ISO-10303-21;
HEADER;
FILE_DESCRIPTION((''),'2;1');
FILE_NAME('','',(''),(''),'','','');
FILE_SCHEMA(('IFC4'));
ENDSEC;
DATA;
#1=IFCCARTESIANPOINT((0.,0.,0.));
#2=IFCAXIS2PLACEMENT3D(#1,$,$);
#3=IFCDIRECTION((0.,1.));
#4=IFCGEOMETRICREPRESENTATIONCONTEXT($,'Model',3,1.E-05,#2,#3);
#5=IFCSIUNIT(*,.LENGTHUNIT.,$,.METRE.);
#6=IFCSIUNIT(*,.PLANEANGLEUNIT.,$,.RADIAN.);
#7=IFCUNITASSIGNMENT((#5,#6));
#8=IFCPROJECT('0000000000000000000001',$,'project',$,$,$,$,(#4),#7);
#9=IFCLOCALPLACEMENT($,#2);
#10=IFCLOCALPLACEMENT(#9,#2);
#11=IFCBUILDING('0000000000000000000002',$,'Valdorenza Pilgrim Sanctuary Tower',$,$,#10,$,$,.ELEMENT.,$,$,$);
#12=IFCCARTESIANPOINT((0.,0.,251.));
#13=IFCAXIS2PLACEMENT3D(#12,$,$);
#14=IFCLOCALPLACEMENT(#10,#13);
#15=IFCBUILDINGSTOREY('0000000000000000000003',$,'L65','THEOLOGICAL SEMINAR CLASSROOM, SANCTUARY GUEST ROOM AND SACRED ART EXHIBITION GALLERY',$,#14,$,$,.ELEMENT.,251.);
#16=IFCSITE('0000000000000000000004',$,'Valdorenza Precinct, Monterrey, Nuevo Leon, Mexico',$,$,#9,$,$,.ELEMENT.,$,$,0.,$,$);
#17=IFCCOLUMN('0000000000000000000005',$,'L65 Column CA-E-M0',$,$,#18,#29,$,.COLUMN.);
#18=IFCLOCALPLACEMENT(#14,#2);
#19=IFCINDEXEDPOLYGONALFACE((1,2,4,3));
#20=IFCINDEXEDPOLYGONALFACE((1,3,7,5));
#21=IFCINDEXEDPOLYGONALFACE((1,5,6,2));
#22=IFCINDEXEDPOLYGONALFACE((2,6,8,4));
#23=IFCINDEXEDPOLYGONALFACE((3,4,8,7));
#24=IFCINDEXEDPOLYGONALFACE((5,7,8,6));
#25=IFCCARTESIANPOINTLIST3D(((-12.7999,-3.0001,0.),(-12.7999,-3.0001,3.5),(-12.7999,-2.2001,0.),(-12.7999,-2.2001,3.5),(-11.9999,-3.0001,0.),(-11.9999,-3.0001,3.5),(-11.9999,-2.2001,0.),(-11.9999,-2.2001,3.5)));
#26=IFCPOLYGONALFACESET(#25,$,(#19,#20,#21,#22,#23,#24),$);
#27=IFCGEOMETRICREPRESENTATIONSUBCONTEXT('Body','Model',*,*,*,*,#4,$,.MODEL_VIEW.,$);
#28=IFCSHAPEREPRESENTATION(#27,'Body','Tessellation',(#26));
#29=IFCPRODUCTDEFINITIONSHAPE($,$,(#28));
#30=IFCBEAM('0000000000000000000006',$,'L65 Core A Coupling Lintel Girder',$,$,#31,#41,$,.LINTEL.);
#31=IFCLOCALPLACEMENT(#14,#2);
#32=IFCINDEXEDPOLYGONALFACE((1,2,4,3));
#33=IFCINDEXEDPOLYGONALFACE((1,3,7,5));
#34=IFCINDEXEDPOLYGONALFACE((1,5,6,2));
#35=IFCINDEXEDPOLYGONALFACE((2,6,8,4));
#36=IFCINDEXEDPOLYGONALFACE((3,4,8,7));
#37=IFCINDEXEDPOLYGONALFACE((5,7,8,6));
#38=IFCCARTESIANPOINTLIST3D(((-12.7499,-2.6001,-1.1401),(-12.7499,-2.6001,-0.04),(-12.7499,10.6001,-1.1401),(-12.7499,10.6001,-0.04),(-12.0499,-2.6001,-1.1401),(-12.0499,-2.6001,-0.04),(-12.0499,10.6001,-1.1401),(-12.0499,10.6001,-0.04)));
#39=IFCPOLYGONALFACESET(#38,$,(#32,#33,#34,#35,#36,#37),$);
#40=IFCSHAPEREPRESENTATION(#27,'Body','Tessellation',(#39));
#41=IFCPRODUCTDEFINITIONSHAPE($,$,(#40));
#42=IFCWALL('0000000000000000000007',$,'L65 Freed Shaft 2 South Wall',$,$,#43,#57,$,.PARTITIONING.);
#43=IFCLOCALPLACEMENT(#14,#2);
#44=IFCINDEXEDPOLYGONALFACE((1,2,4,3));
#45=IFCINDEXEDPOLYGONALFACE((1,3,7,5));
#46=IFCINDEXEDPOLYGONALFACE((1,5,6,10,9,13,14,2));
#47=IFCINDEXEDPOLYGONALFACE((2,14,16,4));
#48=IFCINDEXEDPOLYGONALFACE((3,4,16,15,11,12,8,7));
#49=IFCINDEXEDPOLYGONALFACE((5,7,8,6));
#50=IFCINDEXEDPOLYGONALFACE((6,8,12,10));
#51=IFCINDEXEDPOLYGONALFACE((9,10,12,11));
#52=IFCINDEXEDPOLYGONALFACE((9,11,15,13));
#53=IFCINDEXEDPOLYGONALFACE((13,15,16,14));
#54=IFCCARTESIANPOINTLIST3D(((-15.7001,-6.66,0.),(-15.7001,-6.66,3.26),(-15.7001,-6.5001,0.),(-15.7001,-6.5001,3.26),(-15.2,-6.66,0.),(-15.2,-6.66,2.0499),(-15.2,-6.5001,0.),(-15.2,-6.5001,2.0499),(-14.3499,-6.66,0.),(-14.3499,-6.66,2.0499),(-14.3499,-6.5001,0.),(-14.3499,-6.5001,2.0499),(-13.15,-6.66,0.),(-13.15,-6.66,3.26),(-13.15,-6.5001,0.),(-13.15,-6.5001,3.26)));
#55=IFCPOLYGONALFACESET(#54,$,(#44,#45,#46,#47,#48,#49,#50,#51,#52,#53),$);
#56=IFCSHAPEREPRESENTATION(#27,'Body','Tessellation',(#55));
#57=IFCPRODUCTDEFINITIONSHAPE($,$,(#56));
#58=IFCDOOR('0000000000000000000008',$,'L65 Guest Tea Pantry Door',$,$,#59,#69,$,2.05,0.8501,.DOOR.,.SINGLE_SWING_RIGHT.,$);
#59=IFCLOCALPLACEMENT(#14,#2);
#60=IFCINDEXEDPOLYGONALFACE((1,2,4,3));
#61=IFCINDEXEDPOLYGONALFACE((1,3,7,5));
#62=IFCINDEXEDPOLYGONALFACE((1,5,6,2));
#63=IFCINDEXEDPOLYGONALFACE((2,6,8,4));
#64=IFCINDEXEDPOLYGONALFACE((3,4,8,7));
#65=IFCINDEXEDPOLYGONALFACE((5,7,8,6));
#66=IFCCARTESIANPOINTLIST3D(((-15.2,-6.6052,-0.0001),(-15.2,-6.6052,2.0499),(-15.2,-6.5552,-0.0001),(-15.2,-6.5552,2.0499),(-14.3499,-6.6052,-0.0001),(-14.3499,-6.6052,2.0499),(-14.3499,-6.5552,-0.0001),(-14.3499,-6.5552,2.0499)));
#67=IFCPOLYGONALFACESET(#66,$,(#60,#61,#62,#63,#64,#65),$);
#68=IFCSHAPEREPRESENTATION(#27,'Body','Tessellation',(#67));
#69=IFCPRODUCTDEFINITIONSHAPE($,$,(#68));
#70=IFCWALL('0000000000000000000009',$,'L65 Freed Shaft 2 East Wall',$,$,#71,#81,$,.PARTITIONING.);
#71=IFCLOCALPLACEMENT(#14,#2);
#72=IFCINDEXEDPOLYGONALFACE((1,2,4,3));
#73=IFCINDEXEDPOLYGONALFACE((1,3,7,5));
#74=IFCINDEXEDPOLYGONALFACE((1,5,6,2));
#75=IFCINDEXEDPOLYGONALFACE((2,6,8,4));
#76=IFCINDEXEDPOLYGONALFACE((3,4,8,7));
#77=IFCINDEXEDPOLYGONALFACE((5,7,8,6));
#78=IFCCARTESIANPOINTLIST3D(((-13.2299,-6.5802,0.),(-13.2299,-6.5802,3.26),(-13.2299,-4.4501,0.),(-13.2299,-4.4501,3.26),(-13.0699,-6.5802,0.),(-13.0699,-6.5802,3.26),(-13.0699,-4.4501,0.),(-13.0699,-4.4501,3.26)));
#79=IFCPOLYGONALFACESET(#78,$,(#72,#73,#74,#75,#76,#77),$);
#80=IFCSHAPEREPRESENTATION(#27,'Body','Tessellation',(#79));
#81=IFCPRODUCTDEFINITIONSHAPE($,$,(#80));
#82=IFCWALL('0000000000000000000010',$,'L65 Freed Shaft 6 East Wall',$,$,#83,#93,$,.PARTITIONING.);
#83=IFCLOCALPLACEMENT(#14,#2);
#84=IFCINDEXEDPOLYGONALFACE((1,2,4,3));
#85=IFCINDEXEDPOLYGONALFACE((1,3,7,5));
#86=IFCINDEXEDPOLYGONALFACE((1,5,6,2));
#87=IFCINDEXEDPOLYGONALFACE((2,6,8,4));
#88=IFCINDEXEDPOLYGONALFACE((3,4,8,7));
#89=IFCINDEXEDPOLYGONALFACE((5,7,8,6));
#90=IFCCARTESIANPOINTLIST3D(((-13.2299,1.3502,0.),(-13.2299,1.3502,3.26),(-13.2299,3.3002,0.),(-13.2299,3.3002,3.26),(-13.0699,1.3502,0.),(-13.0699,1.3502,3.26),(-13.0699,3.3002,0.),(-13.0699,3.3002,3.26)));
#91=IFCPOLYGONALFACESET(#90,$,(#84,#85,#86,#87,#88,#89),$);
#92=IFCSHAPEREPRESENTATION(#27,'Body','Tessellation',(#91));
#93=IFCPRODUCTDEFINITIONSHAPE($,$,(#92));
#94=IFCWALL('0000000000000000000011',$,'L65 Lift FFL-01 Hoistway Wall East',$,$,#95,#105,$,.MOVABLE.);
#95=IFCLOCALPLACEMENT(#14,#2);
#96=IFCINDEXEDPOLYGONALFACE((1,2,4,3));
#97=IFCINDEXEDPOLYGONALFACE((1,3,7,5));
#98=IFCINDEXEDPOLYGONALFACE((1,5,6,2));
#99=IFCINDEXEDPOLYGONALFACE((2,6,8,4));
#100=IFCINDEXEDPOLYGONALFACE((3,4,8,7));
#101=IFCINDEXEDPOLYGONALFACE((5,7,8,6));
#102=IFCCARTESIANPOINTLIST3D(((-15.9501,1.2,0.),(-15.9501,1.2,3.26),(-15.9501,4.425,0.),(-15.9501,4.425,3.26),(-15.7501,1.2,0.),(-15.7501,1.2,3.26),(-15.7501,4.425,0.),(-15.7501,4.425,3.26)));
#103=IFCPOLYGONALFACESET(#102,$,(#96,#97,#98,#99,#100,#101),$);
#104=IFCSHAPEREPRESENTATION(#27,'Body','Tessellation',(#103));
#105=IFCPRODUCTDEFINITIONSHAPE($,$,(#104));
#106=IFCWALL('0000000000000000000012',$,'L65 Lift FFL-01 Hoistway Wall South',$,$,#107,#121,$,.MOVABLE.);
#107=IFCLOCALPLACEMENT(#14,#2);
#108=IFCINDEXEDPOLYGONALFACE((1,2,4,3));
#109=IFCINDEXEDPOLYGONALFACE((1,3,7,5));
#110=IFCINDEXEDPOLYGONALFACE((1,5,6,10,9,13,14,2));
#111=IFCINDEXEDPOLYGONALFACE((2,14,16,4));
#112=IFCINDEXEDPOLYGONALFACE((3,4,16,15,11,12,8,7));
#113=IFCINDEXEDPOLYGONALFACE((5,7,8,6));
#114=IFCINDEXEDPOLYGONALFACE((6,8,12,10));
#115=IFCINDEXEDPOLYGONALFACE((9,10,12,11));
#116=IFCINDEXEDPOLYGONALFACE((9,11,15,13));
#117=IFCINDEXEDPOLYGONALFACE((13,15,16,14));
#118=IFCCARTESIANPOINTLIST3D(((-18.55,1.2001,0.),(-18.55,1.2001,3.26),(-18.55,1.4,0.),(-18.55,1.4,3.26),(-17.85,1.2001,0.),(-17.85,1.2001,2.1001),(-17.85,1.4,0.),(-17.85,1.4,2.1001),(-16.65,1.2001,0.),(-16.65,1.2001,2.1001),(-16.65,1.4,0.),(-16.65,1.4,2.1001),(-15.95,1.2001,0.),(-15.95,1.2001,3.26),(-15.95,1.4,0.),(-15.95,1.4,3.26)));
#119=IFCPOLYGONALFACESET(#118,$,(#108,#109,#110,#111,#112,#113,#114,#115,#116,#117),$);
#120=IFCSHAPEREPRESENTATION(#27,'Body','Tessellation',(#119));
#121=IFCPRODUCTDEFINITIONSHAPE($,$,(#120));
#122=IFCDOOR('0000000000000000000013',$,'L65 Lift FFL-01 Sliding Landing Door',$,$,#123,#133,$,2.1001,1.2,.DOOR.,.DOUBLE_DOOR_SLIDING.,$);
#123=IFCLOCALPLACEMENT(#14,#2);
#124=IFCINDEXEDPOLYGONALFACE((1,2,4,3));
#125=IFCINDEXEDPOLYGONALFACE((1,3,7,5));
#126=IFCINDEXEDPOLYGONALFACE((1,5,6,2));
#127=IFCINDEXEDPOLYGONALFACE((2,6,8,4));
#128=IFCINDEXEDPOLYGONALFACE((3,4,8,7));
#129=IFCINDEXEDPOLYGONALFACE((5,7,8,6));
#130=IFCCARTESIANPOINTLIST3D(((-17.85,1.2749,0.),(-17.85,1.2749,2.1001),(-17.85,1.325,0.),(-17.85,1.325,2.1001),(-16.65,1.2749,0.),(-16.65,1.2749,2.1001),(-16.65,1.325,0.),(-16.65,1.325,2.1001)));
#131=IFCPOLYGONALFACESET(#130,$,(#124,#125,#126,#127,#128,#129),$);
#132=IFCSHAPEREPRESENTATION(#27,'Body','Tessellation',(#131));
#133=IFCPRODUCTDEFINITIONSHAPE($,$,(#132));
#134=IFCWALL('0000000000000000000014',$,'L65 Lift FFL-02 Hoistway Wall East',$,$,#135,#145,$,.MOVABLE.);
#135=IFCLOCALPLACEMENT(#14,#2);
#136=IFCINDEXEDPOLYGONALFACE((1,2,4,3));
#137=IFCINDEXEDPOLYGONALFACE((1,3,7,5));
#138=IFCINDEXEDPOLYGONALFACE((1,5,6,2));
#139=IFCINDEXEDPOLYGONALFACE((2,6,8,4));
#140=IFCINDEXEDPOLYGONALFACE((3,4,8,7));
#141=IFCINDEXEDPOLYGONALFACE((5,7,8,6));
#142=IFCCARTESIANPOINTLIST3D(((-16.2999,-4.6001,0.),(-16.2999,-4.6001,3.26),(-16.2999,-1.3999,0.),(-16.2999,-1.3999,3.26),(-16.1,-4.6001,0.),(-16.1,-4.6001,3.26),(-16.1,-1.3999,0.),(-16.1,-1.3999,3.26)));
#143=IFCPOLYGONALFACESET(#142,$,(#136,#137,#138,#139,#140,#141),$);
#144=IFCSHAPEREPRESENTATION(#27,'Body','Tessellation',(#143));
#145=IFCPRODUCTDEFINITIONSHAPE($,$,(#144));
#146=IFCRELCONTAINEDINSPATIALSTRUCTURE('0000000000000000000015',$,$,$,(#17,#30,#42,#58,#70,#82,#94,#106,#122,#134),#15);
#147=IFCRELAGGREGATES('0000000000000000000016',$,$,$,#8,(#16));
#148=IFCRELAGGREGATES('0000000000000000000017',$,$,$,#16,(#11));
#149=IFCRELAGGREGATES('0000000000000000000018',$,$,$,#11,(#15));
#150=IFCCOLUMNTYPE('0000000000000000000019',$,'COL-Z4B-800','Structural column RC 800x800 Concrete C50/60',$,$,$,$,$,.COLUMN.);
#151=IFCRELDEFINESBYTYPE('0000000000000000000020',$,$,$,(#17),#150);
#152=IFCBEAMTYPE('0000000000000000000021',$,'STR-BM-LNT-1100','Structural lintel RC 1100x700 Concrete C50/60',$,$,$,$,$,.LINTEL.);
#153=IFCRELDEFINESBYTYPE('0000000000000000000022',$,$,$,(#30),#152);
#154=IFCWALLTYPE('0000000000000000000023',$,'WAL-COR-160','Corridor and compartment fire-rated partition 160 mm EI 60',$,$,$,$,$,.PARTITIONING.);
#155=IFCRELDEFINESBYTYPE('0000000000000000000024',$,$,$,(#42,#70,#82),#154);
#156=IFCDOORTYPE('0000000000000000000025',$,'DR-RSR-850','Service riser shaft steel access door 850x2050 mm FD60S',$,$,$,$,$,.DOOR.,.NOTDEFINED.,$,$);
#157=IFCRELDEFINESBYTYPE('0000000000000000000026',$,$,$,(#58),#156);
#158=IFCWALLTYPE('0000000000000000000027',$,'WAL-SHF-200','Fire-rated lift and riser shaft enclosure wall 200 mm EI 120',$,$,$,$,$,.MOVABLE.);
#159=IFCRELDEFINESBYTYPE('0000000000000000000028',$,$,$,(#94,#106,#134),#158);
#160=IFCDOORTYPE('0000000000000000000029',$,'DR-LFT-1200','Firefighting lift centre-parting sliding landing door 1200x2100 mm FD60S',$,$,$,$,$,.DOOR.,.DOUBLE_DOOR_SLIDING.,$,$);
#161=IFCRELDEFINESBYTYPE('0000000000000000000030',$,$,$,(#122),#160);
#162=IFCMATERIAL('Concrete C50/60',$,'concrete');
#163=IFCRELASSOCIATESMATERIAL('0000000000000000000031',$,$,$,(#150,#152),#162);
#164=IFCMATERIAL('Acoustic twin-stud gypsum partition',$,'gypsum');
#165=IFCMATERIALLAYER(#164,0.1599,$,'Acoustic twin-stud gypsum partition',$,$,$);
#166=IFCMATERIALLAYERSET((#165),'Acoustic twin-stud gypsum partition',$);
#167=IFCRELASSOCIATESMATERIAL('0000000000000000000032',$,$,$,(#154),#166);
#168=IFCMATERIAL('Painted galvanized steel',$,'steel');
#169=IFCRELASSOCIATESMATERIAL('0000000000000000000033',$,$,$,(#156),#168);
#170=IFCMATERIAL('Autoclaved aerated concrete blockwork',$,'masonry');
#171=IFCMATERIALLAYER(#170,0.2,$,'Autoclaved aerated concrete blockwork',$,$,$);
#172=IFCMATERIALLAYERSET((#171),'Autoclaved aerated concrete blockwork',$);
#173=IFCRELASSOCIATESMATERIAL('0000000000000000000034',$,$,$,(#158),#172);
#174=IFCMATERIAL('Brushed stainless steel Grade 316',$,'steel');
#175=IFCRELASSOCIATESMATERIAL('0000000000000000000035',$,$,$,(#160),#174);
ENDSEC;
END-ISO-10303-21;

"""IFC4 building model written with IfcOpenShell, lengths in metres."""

from ifc_helpers import new_model, si_unit, direction, frame, frame_2d, origin, origin_2d, place, context, subcontext, project, spatial, rectangle, extrude, source, transform, mapped, material, layer, layer_set, material_profile, profile_set, type_object, element, fill, save


model = new_model("IFC4")

# Units and contexts
model_context = context("Model", 3, precision=1e-05, world=origin(), true_north=direction((0.0, 1.0)))
body_context = subcontext(model_context, "Body", "Model", "MODEL_VIEW")
ifc_project = project(units=[si_unit("LENGTHUNIT", "METRE"), si_unit("PLANEANGLEUNIT", "RADIAN")], contexts=[model_context])

# Site, building, storey
site_placement = place(None, origin())
site = spatial("IfcSite", under=ifc_project, at=site_placement, Name="Valdorenza Precinct, Monterrey, Nuevo Leon, Mexico", CompositionType="ELEMENT", RefElevation=0.0)
building_placement = place(site_placement, origin())
building = spatial("IfcBuilding", under=site, at=building_placement, Name="Valdorenza Pilgrim Sanctuary Tower", CompositionType="ELEMENT")
storey_placement = place(building_placement, frame((0.0, 0.0, 251.0)))
storey = spatial("IfcBuildingStorey", under=building, at=storey_placement, Name="L65", Description="THEOLOGICAL SEMINAR CLASSROOM, SANCTUARY GUEST ROOM AND SACRED ART EXHIBITION GALLERY", CompositionType="ELEMENT", Elevation=251.0)

# Column
ifc_material_1 = material(Name="Concrete C50/60", Category="concrete")
ifc_material_profile_1 = material_profile(ifc_material_1, rectangle(XDim=0.8, YDim=0.8, at=origin_2d()), Name="RC 800x800")
ifc_profile_set_1 = profile_set([ifc_material_profile_1], Name="Concrete C50/60")
column_type = type_object("IfcColumnType", Name="COL-Z4B-800", Description="Structural column RC 800x800 Concrete C50/60", PredefinedType="COLUMN", material=ifc_profile_set_1)
shared_shape_1 = source(origin(), body_context, "Body", "SweptSolid", [
    extrude(rectangle(XDim=0.8, YDim=0.8, at=origin_2d()), origin(), (0.0, 0.0, 1.0), 3.5),
])
column_placement = place(storey_placement, frame((-12.3999, -2.6001, 0.0), z_axis=(0.0, 0.0, 1.0), x_axis=(1.0, 0.0, 0.0)))
element("IfcColumn", 1, at=column_placement, inside=storey, type_object=column_type, Name="L65 Column CA-E-M0", PredefinedType="COLUMN", context=body_context, shape_type="MappedRepresentation", body=[
    mapped(shared_shape_1, transform((0.0, 0.0, 0.0), x_axis=(1.0, 0.0, 0.0), y_axis=(0.0, 1.0, 0.0), z_axis=(0.0, 0.0, 1.0), scale=1.0)),
])

# Beam
ifc_material_profile_2 = material_profile(ifc_material_1, rectangle(XDim=0.7, YDim=1.1001, at=origin_2d()), Name="RC 1100x700")
ifc_profile_set_2 = profile_set([ifc_material_profile_2], Name="Concrete C50/60")
beam_type = type_object("IfcBeamType", Name="STR-BM-LNT-1100", Description="Structural lintel RC 1100x700 Concrete C50/60", PredefinedType="LINTEL", material=ifc_profile_set_2)
shared_shape_2 = source(origin(), body_context, "Body", "SweptSolid", [
    extrude(rectangle(XDim=0.7, YDim=1.1001, at=origin_2d()), origin(), (0.0, 0.0, 1.0), 13.2002),
])
beam_placement = place(storey_placement, frame((-12.3999, -2.6001, -0.5901), z_axis=(0.0, 1.0, 0.0), x_axis=(-1.0, 0.0, 0.0)))
element("IfcBeam", 2, at=beam_placement, inside=storey, type_object=beam_type, Name="L65 Core A Coupling Lintel Girder", PredefinedType="LINTEL", context=body_context, shape_type="MappedRepresentation", body=[
    mapped(shared_shape_2, transform((0.0, 0.0, 0.0), x_axis=(1.0, 0.0, 0.0), y_axis=(0.0, 1.0, 0.0), z_axis=(0.0, 0.0, 1.0), scale=1.0)),
])

# Wall, opening, door
ifc_material_2 = material(Name="Acoustic twin-stud gypsum partition", Category="gypsum")
ifc_layer_1 = layer(ifc_material_2, 0.1599, Name="Acoustic twin-stud gypsum partition")
ifc_layer_set_1 = layer_set([ifc_layer_1], Name="Acoustic twin-stud gypsum partition")
wall_type_1 = type_object("IfcWallType", Name="WAL-COR-160", Description="Corridor and compartment fire-rated partition 160 mm EI 60", PredefinedType="PARTITIONING", material=ifc_layer_set_1)
wall_1_placement = place(storey_placement, frame((-15.7, -6.5801, 0.0), z_axis=(0.0, 0.0, 1.0), x_axis=(1.0, 0.0, 0.0)))
wall_1 = element("IfcWall", 3, at=wall_1_placement, inside=storey, type_object=wall_type_1, Name="L65 Freed Shaft 2 South Wall", PredefinedType="PARTITIONING", context=body_context, shape_type="SweptSolid", body=[
    extrude(rectangle(XDim=2.55, YDim=0.1599, at=frame_2d((1.2749, 0.0))), origin(), (0.0, 0.0, 1.0), 3.26),
])
opening_1_placement = place(wall_1_placement, frame((0.5, 0.0, 0.0)))
opening_1 = element("IfcOpeningElement", 4, at=opening_1_placement, cuts=wall_1, PredefinedType="OPENING", context=body_context, shape_type="SweptSolid", body=[
    extrude(rectangle(XDim=0.8501, YDim=2.05, at=frame_2d((0.425, 1.0249))), frame((0.0, 0.0947, 0.0), z_axis=(0.0, -1.0, 0.0), x_axis=(1.0, 0.0, 0.0)), (0.0, 0.0, 1.0), 0.1897),
])
ifc_material_3 = material(Name="Painted galvanized steel", Category="steel")
door_type_1 = type_object("IfcDoorType", Name="DR-RSR-850", Description="Service riser shaft steel access door 850x2050 mm FD60S", OperationType="NOTDEFINED", PredefinedType="DOOR", material=ifc_material_3)
door_1_placement = place(opening_1_placement, origin())
door_1 = element("IfcDoor", 5, at=door_1_placement, inside=storey, type_object=door_type_1, Name="L65 Guest Tea Pantry Door", OperationType="SINGLE_SWING_RIGHT", OverallHeight=2.05, OverallWidth=0.8501, PredefinedType="DOOR", context=body_context, shape_type="SweptSolid", body=[
    extrude(rectangle(XDim=0.8501, YDim=2.05, at=frame_2d((0.425, 1.0249))), frame((0.0, 0.0249, 0.0), z_axis=(0.0, -1.0, 0.0), x_axis=(1.0, 0.0, 0.0)), (0.0, 0.0, 1.0), 0.05),
])
fill(opening_1, door_1)

# Walls
wall_2_placement = place(storey_placement, frame((-13.1499, -6.5801, 0.0), z_axis=(0.0, 0.0, 1.0), x_axis=(0.0, 1.0, 0.0)))
element("IfcWall", 6, at=wall_2_placement, inside=storey, type_object=wall_type_1, Name="L65 Freed Shaft 2 East Wall", PredefinedType="PARTITIONING", context=body_context, shape_type="SweptSolid", body=[
    extrude(rectangle(XDim=2.1301, YDim=0.1599, at=frame_2d((1.0649, 0.0))), origin(), (0.0, 0.0, 1.0), 3.26),
])
wall_3_placement = place(storey_placement, frame((-13.1499, 1.3501, 0.0), z_axis=(0.0, 0.0, 1.0), x_axis=(0.0, 1.0, 0.0)))
element("IfcWall", 7, at=wall_3_placement, inside=storey, type_object=wall_type_1, Name="L65 Freed Shaft 6 East Wall", PredefinedType="PARTITIONING", context=body_context, shape_type="SweptSolid", body=[
    extrude(rectangle(XDim=1.95, YDim=0.1599, at=frame_2d((0.9751, 0.0))), origin(), (0.0, 0.0, 1.0), 3.26),
])

# Wall
ifc_material_4 = material(Name="Autoclaved aerated concrete blockwork", Category="masonry")
ifc_layer_2 = layer(ifc_material_4, 0.2, Name="Autoclaved aerated concrete blockwork")
ifc_layer_set_2 = layer_set([ifc_layer_2], Name="Autoclaved aerated concrete blockwork")
wall_type_2 = type_object("IfcWallType", Name="WAL-SHF-200", Description="Fire-rated lift and riser shaft enclosure wall 200 mm EI 120", PredefinedType="MOVABLE", material=ifc_layer_set_2)
wall_4_placement = place(storey_placement, frame((-15.8501, 1.2, 0.0), z_axis=(0.0, 0.0, 1.0), x_axis=(0.0, 1.0, 0.0)))
element("IfcWall", 8, at=wall_4_placement, inside=storey, type_object=wall_type_2, Name="L65 Lift FFL-01 Hoistway Wall East", PredefinedType="MOVABLE", context=body_context, shape_type="SweptSolid", body=[
    extrude(rectangle(XDim=3.2251, YDim=0.2, at=frame_2d((1.6125, 0.0))), origin(), (0.0, 0.0, 1.0), 3.26),
])

# Wall, opening, door
wall_5_placement = place(storey_placement, frame((-18.55, 1.3, 0.0), z_axis=(0.0, 0.0, 1.0), x_axis=(1.0, 0.0, 0.0)))
wall_5 = element("IfcWall", 9, at=wall_5_placement, inside=storey, type_object=wall_type_2, Name="L65 Lift FFL-01 Hoistway Wall South", PredefinedType="MOVABLE", context=body_context, shape_type="SweptSolid", body=[
    extrude(rectangle(XDim=2.6001, YDim=0.2, at=frame_2d((1.3, 0.0))), origin(), (0.0, 0.0, 1.0), 3.26),
])
opening_2_placement = place(wall_5_placement, frame((0.7, 0.0, 0.0)))
opening_2 = element("IfcOpeningElement", 10, at=opening_2_placement, cuts=wall_5, PredefinedType="OPENING", context=body_context, shape_type="SweptSolid", body=[
    extrude(rectangle(XDim=1.2, YDim=2.1001, at=frame_2d((0.6001, 1.05))), frame((0.0, 0.1147, 0.0), z_axis=(0.0, -1.0, 0.0), x_axis=(1.0, 0.0, 0.0)), (0.0, 0.0, 1.0), 0.2297),
])
ifc_material_5 = material(Name="Brushed stainless steel Grade 316", Category="steel")
door_type_2 = type_object("IfcDoorType", Name="DR-LFT-1200", Description="Firefighting lift centre-parting sliding landing door 1200x2100 mm FD60S", OperationType="DOUBLE_DOOR_SLIDING", PredefinedType="DOOR", material=ifc_material_5)
door_2_placement = place(opening_2_placement, origin())
door_2 = element("IfcDoor", 11, at=door_2_placement, inside=storey, type_object=door_type_2, Name="L65 Lift FFL-01 Sliding Landing Door", OperationType="DOUBLE_DOOR_SLIDING", OverallHeight=2.1001, OverallWidth=1.2, PredefinedType="DOOR", context=body_context, shape_type="SweptSolid", body=[
    extrude(rectangle(XDim=1.2, YDim=2.1001, at=frame_2d((0.6001, 1.05))), frame((0.0, 0.0249, 0.0), z_axis=(0.0, -1.0, 0.0), x_axis=(1.0, 0.0, 0.0)), (0.0, 0.0, 1.0), 0.05),
])
fill(opening_2, door_2)

# Wall
wall_6_placement = place(storey_placement, frame((-16.2, -4.6001, 0.0), z_axis=(0.0, 0.0, 1.0), x_axis=(0.0, 1.0, 0.0)))
element("IfcWall", 12, at=wall_6_placement, inside=storey, type_object=wall_type_2, Name="L65 Lift FFL-02 Hoistway Wall East", PredefinedType="MOVABLE", context=body_context, shape_type="SweptSolid", body=[
    extrude(rectangle(XDim=3.2002, YDim=0.2, at=frame_2d((1.6001, 0.0))), origin(), (0.0, 0.0, 1.0), 3.26),
])

save(model, "model.ifc")
